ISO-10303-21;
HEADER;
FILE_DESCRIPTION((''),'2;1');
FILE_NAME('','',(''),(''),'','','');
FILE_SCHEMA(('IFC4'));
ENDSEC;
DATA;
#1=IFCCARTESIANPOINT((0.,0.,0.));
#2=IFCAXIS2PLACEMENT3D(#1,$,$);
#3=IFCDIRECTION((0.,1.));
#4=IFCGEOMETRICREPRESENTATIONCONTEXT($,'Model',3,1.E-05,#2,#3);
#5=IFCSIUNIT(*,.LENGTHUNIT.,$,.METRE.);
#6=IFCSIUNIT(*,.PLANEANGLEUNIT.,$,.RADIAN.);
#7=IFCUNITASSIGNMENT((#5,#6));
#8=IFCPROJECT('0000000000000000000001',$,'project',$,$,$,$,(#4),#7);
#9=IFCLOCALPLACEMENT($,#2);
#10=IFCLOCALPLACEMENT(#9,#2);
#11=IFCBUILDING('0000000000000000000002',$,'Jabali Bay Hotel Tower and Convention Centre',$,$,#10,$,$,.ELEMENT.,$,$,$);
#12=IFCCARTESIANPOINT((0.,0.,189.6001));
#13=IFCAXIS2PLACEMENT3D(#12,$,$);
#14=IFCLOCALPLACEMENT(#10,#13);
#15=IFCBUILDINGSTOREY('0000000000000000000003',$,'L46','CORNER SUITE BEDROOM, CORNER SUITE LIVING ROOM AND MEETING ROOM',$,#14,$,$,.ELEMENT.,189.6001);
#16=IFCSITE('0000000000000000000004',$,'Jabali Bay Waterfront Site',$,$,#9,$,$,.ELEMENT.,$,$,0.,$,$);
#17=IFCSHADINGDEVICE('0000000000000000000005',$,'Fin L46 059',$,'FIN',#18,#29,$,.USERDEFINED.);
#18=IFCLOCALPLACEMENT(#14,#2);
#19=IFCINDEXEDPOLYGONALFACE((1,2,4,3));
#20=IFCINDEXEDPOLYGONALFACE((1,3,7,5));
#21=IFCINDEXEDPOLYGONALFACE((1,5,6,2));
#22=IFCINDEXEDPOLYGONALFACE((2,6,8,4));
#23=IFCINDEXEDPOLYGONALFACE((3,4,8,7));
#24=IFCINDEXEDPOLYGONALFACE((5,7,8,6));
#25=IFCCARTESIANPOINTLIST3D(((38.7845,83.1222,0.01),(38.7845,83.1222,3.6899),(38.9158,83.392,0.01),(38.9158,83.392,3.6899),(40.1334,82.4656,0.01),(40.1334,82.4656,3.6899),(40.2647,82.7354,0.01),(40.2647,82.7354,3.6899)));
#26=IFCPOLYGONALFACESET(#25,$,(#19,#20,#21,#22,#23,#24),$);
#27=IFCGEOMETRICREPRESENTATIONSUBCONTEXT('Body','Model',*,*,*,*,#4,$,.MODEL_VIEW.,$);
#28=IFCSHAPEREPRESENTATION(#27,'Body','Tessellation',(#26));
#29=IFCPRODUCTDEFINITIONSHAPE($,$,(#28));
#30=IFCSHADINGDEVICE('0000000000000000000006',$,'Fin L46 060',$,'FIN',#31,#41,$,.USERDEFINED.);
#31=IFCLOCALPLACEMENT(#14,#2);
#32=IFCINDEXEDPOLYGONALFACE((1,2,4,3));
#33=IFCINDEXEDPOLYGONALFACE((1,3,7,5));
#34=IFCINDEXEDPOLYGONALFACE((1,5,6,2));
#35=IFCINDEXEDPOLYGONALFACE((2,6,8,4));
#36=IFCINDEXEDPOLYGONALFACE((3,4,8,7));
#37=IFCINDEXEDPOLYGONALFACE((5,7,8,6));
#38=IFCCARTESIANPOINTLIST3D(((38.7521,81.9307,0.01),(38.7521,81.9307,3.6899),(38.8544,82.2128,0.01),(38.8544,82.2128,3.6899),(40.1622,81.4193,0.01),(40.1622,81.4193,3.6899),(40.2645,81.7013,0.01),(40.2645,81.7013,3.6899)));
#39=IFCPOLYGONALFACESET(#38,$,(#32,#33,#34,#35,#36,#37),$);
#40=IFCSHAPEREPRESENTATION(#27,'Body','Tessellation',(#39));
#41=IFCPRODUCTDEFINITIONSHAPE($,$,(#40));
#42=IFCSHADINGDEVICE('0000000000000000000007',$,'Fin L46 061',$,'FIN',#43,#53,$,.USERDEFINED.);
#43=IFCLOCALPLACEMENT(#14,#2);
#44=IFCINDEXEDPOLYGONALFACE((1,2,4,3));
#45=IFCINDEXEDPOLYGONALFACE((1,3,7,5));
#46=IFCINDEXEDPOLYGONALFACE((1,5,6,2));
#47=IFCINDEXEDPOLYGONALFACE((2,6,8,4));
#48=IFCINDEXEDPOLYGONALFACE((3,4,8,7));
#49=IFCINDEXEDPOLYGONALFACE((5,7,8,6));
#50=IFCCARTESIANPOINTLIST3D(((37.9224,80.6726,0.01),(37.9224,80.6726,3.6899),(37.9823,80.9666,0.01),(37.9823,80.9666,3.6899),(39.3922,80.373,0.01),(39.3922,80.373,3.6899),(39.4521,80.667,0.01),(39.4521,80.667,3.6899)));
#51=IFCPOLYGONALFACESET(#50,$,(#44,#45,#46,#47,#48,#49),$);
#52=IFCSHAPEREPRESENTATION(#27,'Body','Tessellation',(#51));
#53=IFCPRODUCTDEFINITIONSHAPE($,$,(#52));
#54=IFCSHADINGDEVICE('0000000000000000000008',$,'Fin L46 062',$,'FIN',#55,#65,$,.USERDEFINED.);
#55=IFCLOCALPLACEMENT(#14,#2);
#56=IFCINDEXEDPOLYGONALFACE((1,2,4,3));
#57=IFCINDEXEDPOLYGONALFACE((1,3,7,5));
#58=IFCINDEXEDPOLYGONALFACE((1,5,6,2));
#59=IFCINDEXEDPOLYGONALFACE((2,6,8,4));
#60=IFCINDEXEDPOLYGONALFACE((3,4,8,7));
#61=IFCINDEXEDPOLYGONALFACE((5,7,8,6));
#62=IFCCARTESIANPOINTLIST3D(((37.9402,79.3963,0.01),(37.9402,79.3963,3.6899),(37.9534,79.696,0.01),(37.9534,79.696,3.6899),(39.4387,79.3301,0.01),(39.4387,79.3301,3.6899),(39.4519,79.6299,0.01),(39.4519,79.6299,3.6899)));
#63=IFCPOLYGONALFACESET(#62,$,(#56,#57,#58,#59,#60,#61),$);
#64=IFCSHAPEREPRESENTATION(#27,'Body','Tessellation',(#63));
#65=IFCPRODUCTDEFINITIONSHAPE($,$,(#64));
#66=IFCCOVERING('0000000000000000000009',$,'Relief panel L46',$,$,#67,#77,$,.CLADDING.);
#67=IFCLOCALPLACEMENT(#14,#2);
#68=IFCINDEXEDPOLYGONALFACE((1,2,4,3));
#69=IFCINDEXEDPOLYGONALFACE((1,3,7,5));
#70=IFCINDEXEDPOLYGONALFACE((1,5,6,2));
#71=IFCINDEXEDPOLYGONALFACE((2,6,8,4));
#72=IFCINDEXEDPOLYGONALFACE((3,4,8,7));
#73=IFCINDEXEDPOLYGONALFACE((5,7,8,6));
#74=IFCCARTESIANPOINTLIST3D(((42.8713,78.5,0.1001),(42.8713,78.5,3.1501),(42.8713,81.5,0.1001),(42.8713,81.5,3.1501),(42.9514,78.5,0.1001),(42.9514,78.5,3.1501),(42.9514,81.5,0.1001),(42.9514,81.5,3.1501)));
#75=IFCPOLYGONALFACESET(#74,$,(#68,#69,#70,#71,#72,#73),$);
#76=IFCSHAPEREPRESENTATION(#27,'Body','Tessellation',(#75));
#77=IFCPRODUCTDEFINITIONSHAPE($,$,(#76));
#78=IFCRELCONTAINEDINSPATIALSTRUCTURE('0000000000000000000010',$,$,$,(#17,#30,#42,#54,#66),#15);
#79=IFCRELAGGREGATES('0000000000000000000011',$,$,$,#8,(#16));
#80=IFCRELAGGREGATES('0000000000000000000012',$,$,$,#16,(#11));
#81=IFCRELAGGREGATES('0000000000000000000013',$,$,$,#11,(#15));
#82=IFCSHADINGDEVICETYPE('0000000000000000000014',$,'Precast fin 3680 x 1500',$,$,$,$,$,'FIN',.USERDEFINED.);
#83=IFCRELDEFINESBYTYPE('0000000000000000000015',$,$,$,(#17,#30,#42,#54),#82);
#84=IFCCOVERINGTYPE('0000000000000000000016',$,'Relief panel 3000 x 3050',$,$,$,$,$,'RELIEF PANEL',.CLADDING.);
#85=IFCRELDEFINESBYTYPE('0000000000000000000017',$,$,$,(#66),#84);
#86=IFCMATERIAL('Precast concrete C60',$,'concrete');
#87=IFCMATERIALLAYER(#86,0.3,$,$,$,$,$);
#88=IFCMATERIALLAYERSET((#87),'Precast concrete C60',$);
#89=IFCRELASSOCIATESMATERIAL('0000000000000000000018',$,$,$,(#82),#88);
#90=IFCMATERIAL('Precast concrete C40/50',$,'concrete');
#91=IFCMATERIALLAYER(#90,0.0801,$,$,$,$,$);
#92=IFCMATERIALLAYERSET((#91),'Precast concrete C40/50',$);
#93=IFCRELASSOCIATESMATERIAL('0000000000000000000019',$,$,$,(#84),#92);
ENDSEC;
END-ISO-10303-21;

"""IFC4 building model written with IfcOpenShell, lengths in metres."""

from ifc_helpers import new_model, si_unit, direction, frame, frame_2d, origin, origin_2d, place, context, subcontext, project, spatial, rectangle, extrude, material, layer, layer_set, type_object, element, save


model = new_model("IFC4")

# Units and contexts
model_context = context("Model", 3, precision=1e-05, world=origin(), true_north=direction((0.0, 1.0)))
body_context = subcontext(model_context, "Body", "Model", "MODEL_VIEW")
ifc_project = project(units=[si_unit("LENGTHUNIT", "METRE"), si_unit("PLANEANGLEUNIT", "RADIAN")], contexts=[model_context])

# Site, building, storey
site_placement = place(None, origin())
site = spatial("IfcSite", under=ifc_project, at=site_placement, Name="Jabali Bay Waterfront Site", CompositionType="ELEMENT", RefElevation=0.0)
building_placement = place(site_placement, origin())
building = spatial("IfcBuilding", under=site, at=building_placement, Name="Jabali Bay Hotel Tower and Convention Centre", CompositionType="ELEMENT")
storey_placement = place(building_placement, frame((0.0, 0.0, 189.6001)))
storey = spatial("IfcBuildingStorey", under=building, at=storey_placement, Name="L46", Description="CORNER SUITE BEDROOM, CORNER SUITE LIVING ROOM AND MEETING ROOM", CompositionType="ELEMENT", Elevation=189.6001)

# Shading devices
ifc_material_1 = material(Name="Precast concrete C60", Category="concrete")
ifc_layer_1 = layer(ifc_material_1, 0.3)
ifc_layer_set_1 = layer_set([ifc_layer_1], Name="Precast concrete C60")
shading_device_type_1 = type_object("IfcShadingDeviceType", Name="Precast fin 3680 x 1500", ElementType="FIN", PredefinedType="USERDEFINED", material=ifc_layer_set_1)
shading_device_1_placement = place(storey_placement, frame((40.199, 82.6006, 0.01), z_axis=(0.0, 0.0, 1.0), x_axis=(-0.899161, 0.437619, 0.0)))
element("IfcShadingDevice", 1, at=shading_device_1_placement, inside=storey, type_object=shading_device_type_1, Name="Fin L46 059", ObjectType="FIN", PredefinedType="USERDEFINED", context=body_context, shape_type="SweptSolid", body=[
    extrude(rectangle(XDim=1.5002, YDim=0.3, at=frame_2d((0.75, 0.0))), origin(), (0.0, 0.0, 1.0), 3.6799),
])
for number, where, z_axis, x_axis, name in (
    (2, (40.2134, 81.5603, 0.01), (0.0, 0.0, 1.0), (-0.940073, 0.340972, 0.0), "Fin L46 060"),
    (3, (39.4221, 80.52, 0.01), (0.0, 0.0, 1.0), (-0.979854, 0.199714, 0.0), "Fin L46 061"),
    (4, (39.4453, 79.48, 0.01), (0.0, 0.0, 1.0), (-0.999027, 0.044108, 0.0), "Fin L46 062"),
):
    element("IfcShadingDevice", number, at=place(storey_placement, frame(where, z_axis=z_axis, x_axis=x_axis)), inside=storey, type_object=shading_device_type_1, Name=name, ObjectType="FIN", PredefinedType="USERDEFINED", context=body_context, shape_type="SweptSolid", body=[
        extrude(rectangle(XDim=1.5, YDim=0.3, at=frame_2d((0.75, 0.0))), origin(), (0.0, 0.0, 1.0), 3.6799),
    ])

# Covering
ifc_material_2 = material(Name="Precast concrete C40/50", Category="concrete")
ifc_layer_2 = layer(ifc_material_2, 0.0801)
ifc_layer_set_2 = layer_set([ifc_layer_2], Name="Precast concrete C40/50")
covering_type = type_object("IfcCoveringType", Name="Relief panel 3000 x 3050", ElementType="RELIEF PANEL", PredefinedType="CLADDING", material=ifc_layer_set_2)
covering_placement = place(storey_placement, frame((42.9114, 80.0, 0.1001), z_axis=(0.0, 0.0, 1.0), x_axis=(0.0, 1.0, 0.0)))
element("IfcCovering", 5, at=covering_placement, inside=storey, type_object=covering_type, Name="Relief panel L46", PredefinedType="CLADDING", context=body_context, shape_type="SweptSolid", body=[
    extrude(rectangle(XDim=3.0, YDim=0.0801, at=origin_2d()), origin(), (0.0, 0.0, 1.0), 3.05),
])

save(model, "model.ifc")
